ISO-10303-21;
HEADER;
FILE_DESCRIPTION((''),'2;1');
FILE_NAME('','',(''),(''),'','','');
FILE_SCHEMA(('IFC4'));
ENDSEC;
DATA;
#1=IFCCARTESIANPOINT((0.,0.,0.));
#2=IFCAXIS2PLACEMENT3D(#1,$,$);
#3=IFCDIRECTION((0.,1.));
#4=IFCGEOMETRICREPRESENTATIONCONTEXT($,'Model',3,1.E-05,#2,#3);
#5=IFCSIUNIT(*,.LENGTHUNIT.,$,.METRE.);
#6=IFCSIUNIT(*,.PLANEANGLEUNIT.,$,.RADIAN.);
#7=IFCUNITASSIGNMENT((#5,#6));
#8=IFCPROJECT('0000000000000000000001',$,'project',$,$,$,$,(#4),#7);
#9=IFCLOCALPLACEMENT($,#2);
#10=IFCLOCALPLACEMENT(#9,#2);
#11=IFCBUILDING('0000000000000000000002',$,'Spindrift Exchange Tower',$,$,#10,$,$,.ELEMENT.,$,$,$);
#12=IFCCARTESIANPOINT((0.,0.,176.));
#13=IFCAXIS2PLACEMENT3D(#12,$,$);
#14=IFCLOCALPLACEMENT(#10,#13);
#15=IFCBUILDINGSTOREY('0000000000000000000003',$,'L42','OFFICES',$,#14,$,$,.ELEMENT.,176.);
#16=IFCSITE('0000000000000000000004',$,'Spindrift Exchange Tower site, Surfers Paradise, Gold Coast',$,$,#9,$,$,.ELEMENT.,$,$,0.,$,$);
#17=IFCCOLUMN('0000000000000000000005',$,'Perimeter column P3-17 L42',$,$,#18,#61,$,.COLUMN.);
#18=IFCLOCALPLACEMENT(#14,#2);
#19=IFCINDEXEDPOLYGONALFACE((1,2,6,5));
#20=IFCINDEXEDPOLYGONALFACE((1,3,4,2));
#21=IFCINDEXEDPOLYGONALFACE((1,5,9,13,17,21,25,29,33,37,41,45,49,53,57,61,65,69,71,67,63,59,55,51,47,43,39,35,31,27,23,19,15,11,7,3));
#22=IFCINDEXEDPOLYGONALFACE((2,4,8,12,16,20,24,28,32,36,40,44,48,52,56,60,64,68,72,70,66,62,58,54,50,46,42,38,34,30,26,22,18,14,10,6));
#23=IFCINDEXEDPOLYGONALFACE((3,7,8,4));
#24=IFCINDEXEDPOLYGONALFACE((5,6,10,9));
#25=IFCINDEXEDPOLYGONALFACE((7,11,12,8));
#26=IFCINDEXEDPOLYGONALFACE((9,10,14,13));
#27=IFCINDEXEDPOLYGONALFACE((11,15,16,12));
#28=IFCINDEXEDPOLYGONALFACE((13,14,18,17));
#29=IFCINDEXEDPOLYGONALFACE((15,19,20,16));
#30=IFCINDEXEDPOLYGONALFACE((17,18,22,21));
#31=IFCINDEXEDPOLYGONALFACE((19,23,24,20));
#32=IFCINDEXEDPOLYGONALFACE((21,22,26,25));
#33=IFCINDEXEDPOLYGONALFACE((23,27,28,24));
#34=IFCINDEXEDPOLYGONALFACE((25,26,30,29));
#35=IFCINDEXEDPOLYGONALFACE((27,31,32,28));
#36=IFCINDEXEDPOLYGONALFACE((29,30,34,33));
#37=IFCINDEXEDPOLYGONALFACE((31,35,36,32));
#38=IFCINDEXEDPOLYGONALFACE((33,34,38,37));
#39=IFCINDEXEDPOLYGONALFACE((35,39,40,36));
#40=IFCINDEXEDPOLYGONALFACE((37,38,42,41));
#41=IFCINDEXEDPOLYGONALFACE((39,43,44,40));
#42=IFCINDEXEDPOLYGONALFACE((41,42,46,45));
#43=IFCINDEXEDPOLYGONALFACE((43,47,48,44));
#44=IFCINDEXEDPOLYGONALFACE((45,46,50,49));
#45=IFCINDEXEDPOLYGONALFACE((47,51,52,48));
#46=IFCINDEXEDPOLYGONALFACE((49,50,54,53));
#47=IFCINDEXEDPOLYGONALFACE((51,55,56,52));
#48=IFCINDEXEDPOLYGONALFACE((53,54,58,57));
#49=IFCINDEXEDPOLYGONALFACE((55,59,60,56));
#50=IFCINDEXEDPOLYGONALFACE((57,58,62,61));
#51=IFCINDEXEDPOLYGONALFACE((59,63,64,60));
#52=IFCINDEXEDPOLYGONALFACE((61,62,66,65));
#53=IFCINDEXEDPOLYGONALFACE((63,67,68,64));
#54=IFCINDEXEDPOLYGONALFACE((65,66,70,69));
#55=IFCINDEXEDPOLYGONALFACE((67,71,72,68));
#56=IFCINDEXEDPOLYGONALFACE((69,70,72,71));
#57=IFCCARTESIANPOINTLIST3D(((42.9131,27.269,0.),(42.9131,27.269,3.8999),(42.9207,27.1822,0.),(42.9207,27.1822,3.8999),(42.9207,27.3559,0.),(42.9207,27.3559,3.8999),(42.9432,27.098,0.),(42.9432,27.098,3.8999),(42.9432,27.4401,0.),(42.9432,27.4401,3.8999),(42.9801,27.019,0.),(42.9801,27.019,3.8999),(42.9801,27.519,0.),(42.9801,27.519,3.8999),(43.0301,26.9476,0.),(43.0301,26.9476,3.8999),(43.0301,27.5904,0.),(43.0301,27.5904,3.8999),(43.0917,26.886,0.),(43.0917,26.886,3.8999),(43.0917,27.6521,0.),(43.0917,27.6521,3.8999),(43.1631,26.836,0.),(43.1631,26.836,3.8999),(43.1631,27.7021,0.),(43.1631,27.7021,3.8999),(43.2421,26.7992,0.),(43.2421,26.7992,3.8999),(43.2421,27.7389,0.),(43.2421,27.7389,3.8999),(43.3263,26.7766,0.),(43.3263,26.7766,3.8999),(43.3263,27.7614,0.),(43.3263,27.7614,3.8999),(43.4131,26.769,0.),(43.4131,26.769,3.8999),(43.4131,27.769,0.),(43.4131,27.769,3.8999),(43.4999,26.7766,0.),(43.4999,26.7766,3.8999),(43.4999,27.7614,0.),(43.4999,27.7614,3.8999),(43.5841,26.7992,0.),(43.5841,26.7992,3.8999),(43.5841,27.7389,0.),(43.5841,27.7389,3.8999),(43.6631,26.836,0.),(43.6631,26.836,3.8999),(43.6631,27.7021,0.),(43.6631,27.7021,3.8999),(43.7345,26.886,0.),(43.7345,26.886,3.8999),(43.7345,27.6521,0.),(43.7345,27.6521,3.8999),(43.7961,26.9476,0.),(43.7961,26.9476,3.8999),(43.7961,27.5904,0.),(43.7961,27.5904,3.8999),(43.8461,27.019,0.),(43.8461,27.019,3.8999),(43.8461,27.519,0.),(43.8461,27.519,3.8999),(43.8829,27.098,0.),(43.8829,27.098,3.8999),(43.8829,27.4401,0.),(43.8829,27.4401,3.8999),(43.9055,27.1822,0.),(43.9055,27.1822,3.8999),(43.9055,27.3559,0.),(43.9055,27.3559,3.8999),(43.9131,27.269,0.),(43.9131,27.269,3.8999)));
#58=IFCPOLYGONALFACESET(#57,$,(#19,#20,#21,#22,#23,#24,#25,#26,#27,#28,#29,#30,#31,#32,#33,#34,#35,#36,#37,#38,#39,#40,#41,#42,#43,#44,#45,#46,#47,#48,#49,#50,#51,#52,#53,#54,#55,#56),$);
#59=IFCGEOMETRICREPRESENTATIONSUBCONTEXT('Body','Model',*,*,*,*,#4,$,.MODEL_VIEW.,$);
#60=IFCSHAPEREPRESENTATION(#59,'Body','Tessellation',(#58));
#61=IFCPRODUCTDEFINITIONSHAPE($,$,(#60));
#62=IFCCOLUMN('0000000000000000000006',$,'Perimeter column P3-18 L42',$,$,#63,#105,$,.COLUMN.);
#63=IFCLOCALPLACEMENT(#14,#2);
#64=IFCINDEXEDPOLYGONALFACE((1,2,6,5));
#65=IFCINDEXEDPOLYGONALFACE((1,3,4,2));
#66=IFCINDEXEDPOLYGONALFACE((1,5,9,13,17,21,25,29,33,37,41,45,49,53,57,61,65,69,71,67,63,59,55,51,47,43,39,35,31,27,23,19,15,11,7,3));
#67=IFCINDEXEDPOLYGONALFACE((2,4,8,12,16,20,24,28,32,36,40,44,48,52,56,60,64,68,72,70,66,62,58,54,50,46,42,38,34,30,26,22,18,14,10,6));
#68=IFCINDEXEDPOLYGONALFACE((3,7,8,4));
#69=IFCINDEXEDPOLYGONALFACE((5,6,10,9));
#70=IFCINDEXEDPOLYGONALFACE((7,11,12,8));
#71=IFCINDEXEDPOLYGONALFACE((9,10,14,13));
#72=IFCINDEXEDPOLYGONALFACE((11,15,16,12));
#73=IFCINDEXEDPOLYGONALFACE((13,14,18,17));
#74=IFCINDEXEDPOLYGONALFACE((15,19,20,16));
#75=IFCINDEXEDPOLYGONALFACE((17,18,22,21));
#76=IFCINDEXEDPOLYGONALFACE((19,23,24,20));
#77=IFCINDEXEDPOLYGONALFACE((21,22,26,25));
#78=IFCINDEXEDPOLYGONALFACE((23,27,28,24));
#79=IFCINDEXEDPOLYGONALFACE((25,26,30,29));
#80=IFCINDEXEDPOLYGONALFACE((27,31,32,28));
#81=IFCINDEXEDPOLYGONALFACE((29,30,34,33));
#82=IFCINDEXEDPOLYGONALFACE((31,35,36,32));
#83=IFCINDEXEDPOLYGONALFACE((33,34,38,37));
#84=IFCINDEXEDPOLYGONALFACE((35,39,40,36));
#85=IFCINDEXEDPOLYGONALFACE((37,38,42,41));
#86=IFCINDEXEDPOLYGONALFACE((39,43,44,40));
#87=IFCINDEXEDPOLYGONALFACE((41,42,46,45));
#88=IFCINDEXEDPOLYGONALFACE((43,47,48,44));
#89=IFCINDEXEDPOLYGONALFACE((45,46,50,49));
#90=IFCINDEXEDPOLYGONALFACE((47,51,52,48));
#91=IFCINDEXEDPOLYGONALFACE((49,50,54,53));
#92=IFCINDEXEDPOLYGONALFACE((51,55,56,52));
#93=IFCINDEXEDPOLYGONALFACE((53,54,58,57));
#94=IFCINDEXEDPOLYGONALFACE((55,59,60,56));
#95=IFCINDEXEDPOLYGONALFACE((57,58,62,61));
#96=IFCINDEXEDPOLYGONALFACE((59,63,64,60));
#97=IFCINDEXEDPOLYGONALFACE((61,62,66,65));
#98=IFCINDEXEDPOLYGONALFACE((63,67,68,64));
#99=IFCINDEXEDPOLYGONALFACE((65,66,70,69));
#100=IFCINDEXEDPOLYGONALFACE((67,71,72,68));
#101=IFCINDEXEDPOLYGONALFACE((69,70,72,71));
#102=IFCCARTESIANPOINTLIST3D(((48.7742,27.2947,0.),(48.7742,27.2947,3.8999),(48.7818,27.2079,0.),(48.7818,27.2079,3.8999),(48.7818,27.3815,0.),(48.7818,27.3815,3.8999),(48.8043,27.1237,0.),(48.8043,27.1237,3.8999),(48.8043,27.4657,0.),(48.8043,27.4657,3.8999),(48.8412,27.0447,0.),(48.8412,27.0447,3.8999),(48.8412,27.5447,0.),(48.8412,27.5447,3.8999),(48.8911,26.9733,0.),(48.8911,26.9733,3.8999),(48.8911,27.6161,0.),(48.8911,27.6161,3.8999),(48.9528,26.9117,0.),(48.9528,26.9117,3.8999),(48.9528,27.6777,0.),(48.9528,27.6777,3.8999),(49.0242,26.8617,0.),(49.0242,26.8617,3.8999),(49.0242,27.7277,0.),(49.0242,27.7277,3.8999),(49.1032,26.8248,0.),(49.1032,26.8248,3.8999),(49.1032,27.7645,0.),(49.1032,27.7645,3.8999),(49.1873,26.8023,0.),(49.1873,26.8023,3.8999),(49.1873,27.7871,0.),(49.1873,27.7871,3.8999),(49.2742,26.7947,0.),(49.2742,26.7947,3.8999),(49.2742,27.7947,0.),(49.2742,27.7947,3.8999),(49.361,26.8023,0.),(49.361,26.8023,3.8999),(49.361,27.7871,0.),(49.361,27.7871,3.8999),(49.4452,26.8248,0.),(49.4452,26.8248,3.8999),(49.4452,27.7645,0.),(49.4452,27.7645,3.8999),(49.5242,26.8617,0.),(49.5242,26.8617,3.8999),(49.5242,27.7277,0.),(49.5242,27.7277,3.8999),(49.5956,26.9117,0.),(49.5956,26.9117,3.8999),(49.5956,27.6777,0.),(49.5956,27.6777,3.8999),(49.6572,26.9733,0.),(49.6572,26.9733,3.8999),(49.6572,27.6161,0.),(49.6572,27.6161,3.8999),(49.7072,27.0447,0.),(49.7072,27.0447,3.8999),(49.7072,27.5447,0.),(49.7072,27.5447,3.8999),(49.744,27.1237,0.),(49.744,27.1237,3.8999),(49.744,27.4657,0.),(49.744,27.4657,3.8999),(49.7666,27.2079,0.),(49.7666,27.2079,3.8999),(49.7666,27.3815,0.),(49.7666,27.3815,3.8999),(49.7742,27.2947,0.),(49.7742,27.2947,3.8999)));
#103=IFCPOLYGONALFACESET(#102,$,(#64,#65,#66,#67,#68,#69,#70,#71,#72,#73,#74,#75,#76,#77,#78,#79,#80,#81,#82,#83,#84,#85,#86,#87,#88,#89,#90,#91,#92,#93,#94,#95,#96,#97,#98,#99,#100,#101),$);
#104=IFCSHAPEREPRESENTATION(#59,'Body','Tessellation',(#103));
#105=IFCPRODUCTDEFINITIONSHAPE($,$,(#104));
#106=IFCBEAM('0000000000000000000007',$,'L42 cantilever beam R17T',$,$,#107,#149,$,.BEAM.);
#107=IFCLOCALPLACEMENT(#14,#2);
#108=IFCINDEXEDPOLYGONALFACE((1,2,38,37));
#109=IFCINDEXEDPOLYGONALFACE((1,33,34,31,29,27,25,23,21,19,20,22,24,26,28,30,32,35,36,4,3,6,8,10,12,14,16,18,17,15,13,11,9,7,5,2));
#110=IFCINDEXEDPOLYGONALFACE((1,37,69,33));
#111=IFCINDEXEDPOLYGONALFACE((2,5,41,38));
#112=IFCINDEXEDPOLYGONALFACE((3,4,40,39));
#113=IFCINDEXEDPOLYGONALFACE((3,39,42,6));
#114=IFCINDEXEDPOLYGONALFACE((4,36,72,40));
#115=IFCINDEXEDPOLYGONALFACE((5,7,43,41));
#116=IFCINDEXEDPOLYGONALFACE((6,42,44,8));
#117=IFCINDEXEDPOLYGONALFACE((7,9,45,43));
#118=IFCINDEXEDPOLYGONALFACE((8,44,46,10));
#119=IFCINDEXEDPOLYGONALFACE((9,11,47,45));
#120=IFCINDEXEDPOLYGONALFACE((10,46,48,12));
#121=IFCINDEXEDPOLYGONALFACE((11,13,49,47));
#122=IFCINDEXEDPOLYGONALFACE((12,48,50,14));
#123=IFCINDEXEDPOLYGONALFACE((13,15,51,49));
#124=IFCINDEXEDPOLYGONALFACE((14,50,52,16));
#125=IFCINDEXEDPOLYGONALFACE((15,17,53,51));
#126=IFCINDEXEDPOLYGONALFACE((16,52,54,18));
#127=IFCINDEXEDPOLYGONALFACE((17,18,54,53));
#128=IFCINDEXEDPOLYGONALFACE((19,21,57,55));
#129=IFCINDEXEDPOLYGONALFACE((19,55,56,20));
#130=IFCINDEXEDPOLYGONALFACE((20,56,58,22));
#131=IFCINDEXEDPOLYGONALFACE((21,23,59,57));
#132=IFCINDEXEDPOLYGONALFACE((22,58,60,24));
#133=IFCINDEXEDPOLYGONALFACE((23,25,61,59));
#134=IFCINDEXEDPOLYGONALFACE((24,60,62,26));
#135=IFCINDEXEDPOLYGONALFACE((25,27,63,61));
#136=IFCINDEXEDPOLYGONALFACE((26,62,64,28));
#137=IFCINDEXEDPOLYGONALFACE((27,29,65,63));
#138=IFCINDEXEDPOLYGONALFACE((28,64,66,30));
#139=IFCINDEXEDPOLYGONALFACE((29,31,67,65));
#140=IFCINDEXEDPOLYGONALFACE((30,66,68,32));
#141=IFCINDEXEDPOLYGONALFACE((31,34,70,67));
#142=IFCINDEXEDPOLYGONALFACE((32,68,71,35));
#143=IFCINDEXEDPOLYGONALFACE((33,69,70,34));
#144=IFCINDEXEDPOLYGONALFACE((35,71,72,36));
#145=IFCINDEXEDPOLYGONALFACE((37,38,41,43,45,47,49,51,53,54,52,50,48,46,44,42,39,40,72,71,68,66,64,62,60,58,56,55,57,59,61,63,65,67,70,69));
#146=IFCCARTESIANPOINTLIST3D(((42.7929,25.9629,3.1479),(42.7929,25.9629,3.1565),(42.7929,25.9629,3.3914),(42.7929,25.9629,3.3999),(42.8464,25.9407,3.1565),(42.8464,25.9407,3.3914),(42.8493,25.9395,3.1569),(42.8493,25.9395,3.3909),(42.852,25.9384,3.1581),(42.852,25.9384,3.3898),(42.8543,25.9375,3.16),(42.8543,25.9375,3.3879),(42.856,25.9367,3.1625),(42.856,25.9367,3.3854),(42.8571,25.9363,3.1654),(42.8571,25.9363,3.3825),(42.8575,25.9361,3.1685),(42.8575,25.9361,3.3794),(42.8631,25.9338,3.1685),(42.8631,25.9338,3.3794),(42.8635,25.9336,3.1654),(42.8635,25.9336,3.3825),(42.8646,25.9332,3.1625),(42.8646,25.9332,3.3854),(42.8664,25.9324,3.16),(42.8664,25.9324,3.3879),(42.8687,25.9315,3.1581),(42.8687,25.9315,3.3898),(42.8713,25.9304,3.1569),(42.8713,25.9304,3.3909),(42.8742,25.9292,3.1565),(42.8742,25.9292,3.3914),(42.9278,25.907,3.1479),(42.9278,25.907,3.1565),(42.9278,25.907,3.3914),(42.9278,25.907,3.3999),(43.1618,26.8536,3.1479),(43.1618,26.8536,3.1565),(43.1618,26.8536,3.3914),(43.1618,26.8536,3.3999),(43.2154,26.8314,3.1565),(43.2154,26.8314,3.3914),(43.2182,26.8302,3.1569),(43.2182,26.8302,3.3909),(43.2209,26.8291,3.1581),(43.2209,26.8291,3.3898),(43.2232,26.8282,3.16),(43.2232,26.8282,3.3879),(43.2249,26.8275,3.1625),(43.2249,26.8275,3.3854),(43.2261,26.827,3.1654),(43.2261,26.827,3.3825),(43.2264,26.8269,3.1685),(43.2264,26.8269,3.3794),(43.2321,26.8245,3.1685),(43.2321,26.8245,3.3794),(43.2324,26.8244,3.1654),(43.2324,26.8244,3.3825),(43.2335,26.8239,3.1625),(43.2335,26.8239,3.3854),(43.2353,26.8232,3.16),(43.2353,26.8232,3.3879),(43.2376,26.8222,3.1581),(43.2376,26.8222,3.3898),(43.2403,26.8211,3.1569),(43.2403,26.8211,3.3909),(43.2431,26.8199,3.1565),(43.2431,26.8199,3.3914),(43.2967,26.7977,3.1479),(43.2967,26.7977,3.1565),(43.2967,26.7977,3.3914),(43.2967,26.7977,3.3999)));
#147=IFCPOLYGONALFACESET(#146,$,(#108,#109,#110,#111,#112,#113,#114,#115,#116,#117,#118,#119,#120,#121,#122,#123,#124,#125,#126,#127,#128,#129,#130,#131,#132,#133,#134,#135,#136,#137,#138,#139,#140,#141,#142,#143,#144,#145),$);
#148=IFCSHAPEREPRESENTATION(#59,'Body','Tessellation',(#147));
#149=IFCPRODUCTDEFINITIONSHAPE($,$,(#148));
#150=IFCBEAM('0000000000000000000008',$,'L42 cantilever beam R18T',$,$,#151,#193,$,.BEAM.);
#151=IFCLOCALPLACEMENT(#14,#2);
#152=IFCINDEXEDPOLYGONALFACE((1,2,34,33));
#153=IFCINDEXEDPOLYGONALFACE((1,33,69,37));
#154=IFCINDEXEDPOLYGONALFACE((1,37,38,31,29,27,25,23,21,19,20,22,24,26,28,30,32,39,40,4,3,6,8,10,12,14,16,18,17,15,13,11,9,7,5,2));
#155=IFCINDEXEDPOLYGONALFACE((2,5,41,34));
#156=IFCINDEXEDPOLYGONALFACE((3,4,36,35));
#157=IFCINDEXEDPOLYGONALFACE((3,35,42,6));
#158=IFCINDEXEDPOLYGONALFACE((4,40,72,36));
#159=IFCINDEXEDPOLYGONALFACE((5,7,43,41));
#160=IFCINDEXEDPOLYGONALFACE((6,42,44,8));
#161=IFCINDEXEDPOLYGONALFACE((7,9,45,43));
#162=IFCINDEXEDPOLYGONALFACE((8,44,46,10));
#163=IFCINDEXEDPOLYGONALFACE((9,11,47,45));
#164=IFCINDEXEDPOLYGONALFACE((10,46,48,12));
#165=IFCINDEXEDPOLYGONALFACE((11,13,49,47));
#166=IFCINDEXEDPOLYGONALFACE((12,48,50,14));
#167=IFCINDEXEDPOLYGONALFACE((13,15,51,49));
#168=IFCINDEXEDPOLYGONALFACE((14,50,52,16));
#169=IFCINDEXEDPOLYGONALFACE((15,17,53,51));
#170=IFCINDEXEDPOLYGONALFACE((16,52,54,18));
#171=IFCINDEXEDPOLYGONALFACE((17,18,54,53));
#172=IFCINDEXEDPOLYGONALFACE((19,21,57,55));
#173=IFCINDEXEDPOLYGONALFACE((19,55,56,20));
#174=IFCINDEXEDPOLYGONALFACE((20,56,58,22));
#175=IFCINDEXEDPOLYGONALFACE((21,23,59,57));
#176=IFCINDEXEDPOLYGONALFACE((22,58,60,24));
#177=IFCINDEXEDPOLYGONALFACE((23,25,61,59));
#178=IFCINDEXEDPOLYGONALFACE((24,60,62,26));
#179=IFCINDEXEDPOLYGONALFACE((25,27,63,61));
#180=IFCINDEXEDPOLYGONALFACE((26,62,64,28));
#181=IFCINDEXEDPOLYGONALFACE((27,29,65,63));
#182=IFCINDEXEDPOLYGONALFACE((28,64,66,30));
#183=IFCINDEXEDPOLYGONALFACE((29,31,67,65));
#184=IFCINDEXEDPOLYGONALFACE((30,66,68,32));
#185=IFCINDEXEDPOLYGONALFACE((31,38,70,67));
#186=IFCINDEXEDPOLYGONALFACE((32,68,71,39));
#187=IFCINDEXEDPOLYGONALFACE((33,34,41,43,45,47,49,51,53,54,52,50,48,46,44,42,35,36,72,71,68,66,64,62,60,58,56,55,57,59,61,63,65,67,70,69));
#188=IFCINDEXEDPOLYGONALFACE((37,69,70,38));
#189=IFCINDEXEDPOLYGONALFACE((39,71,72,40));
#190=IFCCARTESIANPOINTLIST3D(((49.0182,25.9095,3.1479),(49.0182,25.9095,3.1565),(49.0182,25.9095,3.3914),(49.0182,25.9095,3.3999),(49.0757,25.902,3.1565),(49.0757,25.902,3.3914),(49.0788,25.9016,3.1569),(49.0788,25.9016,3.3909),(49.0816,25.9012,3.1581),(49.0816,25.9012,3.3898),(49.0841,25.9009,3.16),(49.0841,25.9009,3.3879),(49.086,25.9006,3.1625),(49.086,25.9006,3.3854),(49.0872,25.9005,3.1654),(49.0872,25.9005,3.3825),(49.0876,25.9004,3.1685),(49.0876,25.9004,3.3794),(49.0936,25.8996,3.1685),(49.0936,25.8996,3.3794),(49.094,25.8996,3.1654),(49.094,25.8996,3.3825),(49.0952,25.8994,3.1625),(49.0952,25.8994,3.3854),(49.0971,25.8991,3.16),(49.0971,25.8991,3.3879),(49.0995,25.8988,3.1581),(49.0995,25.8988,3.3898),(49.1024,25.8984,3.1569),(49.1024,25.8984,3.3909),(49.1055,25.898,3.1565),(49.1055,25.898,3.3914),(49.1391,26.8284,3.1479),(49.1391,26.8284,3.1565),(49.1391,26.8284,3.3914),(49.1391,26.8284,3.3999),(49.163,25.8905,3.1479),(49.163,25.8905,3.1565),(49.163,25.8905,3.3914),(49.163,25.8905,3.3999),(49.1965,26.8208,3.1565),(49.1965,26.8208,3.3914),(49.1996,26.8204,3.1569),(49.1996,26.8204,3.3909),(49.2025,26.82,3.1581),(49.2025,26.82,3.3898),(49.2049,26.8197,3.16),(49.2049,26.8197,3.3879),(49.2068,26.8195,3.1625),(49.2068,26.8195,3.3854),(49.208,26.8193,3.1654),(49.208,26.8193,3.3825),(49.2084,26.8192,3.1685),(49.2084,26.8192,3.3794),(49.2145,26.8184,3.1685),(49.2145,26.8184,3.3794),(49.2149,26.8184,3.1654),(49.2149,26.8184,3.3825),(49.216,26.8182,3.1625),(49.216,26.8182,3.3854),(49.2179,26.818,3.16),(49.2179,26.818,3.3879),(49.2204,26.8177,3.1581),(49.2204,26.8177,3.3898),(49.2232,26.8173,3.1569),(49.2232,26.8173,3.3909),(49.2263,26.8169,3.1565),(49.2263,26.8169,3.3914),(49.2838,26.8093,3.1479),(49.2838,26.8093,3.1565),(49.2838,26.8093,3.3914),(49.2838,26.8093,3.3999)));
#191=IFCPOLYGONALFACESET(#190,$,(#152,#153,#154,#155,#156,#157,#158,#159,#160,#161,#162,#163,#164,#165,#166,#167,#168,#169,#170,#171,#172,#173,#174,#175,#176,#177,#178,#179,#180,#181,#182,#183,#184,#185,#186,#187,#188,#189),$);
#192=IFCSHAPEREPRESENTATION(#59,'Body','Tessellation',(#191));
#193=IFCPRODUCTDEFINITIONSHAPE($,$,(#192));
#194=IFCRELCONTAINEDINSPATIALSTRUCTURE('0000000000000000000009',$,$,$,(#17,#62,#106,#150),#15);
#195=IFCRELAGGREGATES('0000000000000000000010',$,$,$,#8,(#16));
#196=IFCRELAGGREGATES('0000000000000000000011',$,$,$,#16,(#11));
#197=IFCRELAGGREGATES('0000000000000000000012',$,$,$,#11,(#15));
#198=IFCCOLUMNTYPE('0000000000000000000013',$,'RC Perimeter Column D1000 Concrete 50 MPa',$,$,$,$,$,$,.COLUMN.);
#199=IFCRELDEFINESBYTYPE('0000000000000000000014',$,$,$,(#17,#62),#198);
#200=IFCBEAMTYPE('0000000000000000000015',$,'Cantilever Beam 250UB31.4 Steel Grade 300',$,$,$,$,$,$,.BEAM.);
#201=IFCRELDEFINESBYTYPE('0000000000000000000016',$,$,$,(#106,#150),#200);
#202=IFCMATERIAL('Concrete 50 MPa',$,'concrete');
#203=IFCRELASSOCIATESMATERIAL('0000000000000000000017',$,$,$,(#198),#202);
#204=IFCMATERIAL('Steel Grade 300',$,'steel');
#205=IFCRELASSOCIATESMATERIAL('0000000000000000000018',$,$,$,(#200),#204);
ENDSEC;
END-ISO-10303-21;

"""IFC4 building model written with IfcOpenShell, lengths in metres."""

from ifc_helpers import new_model, si_unit, direction, frame, origin, origin_2d, place, context, subcontext, project, spatial, circle, i_section, extrude, source, transform, mapped, material, material_profile, profile_set, type_object, element, save


model = new_model("IFC4")

# Units and contexts
model_context = context("Model", 3, precision=1e-05, world=origin(), true_north=direction((0.0, 1.0)))
body_context = subcontext(model_context, "Body", "Model", "MODEL_VIEW")
ifc_project = project(units=[si_unit("LENGTHUNIT", "METRE"), si_unit("PLANEANGLEUNIT", "RADIAN")], contexts=[model_context])

# Site, building, storey
site_placement = place(None, origin())
site = spatial("IfcSite", under=ifc_project, at=site_placement, Name="Spindrift Exchange Tower site, Surfers Paradise, Gold Coast", CompositionType="ELEMENT", RefElevation=0.0)
building_placement = place(site_placement, origin())
building = spatial("IfcBuilding", under=site, at=building_placement, Name="Spindrift Exchange Tower", CompositionType="ELEMENT")
storey_placement = place(building_placement, frame((0.0, 0.0, 176.0)))
storey = spatial("IfcBuildingStorey", under=building, at=storey_placement, Name="L42", Description="OFFICES", CompositionType="ELEMENT", Elevation=176.0)

# Columns
ifc_material_1 = material(Name="Concrete 50 MPa", Category="concrete")
ifc_material_profile_1 = material_profile(ifc_material_1, circle(Radius=0.5, at=origin_2d()), Name="RC D1000")
ifc_profile_set_1 = profile_set([ifc_material_profile_1], Name="Concrete 50 MPa")
column_type = type_object("IfcColumnType", Name="RC Perimeter Column D1000 Concrete 50 MPa", PredefinedType="COLUMN", material=ifc_profile_set_1)
shared_shape_1 = source(origin(), body_context, "Body", "SweptSolid", [
    extrude(circle(Radius=0.5, at=origin_2d()), origin(), (0.0, 0.0, 1.0), 3.8999),
])
for number, where, z_axis, x_axis, name in (
    (1, (43.4131, 27.269, 0.0), (0.0, 0.0, 1.0), (1.0, 0.0, 0.0), "Perimeter column P3-17 L42"),
    (2, (49.2742, 27.2947, 0.0), (0.0, 0.0, 1.0), (1.0, 0.0, 0.0), "Perimeter column P3-18 L42"),
):
    element("IfcColumn", number, at=place(storey_placement, frame(where, z_axis=z_axis, x_axis=x_axis)), inside=storey, type_object=column_type, Name=name, PredefinedType="COLUMN", context=body_context, shape_type="MappedRepresentation", body=[
        mapped(shared_shape_1, transform((0.0, 0.0, 0.0), scale=1.0)),
    ])

# Beams
ifc_material_2 = material(Name="Steel Grade 300", Category="steel")
ifc_material_profile_2 = material_profile(ifc_material_2, i_section(OverallWidth=0.146, OverallDepth=0.252, WebThickness=0.0061, FlangeThickness=0.0085, FilletRadius=0.012, at=origin_2d()), Name="250UB31.4")
ifc_profile_set_2 = profile_set([ifc_material_profile_2], Name="Steel Grade 300")
beam_type_1 = type_object("IfcBeamType", Name="Cantilever Beam 250UB31.4 Steel Grade 300", PredefinedType="BEAM", material=ifc_profile_set_2)
shared_shape_2 = source(origin(), body_context, "Body", "SweptSolid", [
    extrude(i_section(OverallWidth=0.146, OverallDepth=0.252, WebThickness=0.0061, FlangeThickness=0.0085, FilletRadius=0.012, at=origin_2d()), origin(), (0.0, 0.0, 1.0), 0.9641),
])
beam_1_placement = place(storey_placement, frame((43.2292, 26.8257, 3.2739), z_axis=(-0.382672, -0.923884, 0.0), x_axis=(0.923884, -0.382672, 0.0)))
element("IfcBeam", 3, at=beam_1_placement, inside=storey, type_object=beam_type_1, Name="L42 cantilever beam R17T", PredefinedType="BEAM", context=body_context, shape_type="MappedRepresentation", body=[
    mapped(shared_shape_2, transform((0.0, 0.0, 0.0), scale=1.0)),
])
shared_shape_3 = source(origin(), body_context, "Body", "SweptSolid", [
    extrude(i_section(OverallWidth=0.146, OverallDepth=0.252, WebThickness=0.0061, FlangeThickness=0.0085, FilletRadius=0.012, at=origin_2d()), origin(), (0.0, 0.0, 1.0), 0.9268),
])
beam_2_placement = place(storey_placement, frame((49.2114, 26.8188, 3.2739), z_axis=(-0.130386, -0.991463, 0.0), x_axis=(0.991463, -0.130386, 0.0)))
element("IfcBeam", 4, at=beam_2_placement, inside=storey, type_object=beam_type_1, Name="L42 cantilever beam R18T", PredefinedType="BEAM", context=body_context, shape_type="MappedRepresentation", body=[
    mapped(shared_shape_3, transform((0.0, 0.0, 0.0), scale=1.0)),
])

save(model, "model.ifc")
